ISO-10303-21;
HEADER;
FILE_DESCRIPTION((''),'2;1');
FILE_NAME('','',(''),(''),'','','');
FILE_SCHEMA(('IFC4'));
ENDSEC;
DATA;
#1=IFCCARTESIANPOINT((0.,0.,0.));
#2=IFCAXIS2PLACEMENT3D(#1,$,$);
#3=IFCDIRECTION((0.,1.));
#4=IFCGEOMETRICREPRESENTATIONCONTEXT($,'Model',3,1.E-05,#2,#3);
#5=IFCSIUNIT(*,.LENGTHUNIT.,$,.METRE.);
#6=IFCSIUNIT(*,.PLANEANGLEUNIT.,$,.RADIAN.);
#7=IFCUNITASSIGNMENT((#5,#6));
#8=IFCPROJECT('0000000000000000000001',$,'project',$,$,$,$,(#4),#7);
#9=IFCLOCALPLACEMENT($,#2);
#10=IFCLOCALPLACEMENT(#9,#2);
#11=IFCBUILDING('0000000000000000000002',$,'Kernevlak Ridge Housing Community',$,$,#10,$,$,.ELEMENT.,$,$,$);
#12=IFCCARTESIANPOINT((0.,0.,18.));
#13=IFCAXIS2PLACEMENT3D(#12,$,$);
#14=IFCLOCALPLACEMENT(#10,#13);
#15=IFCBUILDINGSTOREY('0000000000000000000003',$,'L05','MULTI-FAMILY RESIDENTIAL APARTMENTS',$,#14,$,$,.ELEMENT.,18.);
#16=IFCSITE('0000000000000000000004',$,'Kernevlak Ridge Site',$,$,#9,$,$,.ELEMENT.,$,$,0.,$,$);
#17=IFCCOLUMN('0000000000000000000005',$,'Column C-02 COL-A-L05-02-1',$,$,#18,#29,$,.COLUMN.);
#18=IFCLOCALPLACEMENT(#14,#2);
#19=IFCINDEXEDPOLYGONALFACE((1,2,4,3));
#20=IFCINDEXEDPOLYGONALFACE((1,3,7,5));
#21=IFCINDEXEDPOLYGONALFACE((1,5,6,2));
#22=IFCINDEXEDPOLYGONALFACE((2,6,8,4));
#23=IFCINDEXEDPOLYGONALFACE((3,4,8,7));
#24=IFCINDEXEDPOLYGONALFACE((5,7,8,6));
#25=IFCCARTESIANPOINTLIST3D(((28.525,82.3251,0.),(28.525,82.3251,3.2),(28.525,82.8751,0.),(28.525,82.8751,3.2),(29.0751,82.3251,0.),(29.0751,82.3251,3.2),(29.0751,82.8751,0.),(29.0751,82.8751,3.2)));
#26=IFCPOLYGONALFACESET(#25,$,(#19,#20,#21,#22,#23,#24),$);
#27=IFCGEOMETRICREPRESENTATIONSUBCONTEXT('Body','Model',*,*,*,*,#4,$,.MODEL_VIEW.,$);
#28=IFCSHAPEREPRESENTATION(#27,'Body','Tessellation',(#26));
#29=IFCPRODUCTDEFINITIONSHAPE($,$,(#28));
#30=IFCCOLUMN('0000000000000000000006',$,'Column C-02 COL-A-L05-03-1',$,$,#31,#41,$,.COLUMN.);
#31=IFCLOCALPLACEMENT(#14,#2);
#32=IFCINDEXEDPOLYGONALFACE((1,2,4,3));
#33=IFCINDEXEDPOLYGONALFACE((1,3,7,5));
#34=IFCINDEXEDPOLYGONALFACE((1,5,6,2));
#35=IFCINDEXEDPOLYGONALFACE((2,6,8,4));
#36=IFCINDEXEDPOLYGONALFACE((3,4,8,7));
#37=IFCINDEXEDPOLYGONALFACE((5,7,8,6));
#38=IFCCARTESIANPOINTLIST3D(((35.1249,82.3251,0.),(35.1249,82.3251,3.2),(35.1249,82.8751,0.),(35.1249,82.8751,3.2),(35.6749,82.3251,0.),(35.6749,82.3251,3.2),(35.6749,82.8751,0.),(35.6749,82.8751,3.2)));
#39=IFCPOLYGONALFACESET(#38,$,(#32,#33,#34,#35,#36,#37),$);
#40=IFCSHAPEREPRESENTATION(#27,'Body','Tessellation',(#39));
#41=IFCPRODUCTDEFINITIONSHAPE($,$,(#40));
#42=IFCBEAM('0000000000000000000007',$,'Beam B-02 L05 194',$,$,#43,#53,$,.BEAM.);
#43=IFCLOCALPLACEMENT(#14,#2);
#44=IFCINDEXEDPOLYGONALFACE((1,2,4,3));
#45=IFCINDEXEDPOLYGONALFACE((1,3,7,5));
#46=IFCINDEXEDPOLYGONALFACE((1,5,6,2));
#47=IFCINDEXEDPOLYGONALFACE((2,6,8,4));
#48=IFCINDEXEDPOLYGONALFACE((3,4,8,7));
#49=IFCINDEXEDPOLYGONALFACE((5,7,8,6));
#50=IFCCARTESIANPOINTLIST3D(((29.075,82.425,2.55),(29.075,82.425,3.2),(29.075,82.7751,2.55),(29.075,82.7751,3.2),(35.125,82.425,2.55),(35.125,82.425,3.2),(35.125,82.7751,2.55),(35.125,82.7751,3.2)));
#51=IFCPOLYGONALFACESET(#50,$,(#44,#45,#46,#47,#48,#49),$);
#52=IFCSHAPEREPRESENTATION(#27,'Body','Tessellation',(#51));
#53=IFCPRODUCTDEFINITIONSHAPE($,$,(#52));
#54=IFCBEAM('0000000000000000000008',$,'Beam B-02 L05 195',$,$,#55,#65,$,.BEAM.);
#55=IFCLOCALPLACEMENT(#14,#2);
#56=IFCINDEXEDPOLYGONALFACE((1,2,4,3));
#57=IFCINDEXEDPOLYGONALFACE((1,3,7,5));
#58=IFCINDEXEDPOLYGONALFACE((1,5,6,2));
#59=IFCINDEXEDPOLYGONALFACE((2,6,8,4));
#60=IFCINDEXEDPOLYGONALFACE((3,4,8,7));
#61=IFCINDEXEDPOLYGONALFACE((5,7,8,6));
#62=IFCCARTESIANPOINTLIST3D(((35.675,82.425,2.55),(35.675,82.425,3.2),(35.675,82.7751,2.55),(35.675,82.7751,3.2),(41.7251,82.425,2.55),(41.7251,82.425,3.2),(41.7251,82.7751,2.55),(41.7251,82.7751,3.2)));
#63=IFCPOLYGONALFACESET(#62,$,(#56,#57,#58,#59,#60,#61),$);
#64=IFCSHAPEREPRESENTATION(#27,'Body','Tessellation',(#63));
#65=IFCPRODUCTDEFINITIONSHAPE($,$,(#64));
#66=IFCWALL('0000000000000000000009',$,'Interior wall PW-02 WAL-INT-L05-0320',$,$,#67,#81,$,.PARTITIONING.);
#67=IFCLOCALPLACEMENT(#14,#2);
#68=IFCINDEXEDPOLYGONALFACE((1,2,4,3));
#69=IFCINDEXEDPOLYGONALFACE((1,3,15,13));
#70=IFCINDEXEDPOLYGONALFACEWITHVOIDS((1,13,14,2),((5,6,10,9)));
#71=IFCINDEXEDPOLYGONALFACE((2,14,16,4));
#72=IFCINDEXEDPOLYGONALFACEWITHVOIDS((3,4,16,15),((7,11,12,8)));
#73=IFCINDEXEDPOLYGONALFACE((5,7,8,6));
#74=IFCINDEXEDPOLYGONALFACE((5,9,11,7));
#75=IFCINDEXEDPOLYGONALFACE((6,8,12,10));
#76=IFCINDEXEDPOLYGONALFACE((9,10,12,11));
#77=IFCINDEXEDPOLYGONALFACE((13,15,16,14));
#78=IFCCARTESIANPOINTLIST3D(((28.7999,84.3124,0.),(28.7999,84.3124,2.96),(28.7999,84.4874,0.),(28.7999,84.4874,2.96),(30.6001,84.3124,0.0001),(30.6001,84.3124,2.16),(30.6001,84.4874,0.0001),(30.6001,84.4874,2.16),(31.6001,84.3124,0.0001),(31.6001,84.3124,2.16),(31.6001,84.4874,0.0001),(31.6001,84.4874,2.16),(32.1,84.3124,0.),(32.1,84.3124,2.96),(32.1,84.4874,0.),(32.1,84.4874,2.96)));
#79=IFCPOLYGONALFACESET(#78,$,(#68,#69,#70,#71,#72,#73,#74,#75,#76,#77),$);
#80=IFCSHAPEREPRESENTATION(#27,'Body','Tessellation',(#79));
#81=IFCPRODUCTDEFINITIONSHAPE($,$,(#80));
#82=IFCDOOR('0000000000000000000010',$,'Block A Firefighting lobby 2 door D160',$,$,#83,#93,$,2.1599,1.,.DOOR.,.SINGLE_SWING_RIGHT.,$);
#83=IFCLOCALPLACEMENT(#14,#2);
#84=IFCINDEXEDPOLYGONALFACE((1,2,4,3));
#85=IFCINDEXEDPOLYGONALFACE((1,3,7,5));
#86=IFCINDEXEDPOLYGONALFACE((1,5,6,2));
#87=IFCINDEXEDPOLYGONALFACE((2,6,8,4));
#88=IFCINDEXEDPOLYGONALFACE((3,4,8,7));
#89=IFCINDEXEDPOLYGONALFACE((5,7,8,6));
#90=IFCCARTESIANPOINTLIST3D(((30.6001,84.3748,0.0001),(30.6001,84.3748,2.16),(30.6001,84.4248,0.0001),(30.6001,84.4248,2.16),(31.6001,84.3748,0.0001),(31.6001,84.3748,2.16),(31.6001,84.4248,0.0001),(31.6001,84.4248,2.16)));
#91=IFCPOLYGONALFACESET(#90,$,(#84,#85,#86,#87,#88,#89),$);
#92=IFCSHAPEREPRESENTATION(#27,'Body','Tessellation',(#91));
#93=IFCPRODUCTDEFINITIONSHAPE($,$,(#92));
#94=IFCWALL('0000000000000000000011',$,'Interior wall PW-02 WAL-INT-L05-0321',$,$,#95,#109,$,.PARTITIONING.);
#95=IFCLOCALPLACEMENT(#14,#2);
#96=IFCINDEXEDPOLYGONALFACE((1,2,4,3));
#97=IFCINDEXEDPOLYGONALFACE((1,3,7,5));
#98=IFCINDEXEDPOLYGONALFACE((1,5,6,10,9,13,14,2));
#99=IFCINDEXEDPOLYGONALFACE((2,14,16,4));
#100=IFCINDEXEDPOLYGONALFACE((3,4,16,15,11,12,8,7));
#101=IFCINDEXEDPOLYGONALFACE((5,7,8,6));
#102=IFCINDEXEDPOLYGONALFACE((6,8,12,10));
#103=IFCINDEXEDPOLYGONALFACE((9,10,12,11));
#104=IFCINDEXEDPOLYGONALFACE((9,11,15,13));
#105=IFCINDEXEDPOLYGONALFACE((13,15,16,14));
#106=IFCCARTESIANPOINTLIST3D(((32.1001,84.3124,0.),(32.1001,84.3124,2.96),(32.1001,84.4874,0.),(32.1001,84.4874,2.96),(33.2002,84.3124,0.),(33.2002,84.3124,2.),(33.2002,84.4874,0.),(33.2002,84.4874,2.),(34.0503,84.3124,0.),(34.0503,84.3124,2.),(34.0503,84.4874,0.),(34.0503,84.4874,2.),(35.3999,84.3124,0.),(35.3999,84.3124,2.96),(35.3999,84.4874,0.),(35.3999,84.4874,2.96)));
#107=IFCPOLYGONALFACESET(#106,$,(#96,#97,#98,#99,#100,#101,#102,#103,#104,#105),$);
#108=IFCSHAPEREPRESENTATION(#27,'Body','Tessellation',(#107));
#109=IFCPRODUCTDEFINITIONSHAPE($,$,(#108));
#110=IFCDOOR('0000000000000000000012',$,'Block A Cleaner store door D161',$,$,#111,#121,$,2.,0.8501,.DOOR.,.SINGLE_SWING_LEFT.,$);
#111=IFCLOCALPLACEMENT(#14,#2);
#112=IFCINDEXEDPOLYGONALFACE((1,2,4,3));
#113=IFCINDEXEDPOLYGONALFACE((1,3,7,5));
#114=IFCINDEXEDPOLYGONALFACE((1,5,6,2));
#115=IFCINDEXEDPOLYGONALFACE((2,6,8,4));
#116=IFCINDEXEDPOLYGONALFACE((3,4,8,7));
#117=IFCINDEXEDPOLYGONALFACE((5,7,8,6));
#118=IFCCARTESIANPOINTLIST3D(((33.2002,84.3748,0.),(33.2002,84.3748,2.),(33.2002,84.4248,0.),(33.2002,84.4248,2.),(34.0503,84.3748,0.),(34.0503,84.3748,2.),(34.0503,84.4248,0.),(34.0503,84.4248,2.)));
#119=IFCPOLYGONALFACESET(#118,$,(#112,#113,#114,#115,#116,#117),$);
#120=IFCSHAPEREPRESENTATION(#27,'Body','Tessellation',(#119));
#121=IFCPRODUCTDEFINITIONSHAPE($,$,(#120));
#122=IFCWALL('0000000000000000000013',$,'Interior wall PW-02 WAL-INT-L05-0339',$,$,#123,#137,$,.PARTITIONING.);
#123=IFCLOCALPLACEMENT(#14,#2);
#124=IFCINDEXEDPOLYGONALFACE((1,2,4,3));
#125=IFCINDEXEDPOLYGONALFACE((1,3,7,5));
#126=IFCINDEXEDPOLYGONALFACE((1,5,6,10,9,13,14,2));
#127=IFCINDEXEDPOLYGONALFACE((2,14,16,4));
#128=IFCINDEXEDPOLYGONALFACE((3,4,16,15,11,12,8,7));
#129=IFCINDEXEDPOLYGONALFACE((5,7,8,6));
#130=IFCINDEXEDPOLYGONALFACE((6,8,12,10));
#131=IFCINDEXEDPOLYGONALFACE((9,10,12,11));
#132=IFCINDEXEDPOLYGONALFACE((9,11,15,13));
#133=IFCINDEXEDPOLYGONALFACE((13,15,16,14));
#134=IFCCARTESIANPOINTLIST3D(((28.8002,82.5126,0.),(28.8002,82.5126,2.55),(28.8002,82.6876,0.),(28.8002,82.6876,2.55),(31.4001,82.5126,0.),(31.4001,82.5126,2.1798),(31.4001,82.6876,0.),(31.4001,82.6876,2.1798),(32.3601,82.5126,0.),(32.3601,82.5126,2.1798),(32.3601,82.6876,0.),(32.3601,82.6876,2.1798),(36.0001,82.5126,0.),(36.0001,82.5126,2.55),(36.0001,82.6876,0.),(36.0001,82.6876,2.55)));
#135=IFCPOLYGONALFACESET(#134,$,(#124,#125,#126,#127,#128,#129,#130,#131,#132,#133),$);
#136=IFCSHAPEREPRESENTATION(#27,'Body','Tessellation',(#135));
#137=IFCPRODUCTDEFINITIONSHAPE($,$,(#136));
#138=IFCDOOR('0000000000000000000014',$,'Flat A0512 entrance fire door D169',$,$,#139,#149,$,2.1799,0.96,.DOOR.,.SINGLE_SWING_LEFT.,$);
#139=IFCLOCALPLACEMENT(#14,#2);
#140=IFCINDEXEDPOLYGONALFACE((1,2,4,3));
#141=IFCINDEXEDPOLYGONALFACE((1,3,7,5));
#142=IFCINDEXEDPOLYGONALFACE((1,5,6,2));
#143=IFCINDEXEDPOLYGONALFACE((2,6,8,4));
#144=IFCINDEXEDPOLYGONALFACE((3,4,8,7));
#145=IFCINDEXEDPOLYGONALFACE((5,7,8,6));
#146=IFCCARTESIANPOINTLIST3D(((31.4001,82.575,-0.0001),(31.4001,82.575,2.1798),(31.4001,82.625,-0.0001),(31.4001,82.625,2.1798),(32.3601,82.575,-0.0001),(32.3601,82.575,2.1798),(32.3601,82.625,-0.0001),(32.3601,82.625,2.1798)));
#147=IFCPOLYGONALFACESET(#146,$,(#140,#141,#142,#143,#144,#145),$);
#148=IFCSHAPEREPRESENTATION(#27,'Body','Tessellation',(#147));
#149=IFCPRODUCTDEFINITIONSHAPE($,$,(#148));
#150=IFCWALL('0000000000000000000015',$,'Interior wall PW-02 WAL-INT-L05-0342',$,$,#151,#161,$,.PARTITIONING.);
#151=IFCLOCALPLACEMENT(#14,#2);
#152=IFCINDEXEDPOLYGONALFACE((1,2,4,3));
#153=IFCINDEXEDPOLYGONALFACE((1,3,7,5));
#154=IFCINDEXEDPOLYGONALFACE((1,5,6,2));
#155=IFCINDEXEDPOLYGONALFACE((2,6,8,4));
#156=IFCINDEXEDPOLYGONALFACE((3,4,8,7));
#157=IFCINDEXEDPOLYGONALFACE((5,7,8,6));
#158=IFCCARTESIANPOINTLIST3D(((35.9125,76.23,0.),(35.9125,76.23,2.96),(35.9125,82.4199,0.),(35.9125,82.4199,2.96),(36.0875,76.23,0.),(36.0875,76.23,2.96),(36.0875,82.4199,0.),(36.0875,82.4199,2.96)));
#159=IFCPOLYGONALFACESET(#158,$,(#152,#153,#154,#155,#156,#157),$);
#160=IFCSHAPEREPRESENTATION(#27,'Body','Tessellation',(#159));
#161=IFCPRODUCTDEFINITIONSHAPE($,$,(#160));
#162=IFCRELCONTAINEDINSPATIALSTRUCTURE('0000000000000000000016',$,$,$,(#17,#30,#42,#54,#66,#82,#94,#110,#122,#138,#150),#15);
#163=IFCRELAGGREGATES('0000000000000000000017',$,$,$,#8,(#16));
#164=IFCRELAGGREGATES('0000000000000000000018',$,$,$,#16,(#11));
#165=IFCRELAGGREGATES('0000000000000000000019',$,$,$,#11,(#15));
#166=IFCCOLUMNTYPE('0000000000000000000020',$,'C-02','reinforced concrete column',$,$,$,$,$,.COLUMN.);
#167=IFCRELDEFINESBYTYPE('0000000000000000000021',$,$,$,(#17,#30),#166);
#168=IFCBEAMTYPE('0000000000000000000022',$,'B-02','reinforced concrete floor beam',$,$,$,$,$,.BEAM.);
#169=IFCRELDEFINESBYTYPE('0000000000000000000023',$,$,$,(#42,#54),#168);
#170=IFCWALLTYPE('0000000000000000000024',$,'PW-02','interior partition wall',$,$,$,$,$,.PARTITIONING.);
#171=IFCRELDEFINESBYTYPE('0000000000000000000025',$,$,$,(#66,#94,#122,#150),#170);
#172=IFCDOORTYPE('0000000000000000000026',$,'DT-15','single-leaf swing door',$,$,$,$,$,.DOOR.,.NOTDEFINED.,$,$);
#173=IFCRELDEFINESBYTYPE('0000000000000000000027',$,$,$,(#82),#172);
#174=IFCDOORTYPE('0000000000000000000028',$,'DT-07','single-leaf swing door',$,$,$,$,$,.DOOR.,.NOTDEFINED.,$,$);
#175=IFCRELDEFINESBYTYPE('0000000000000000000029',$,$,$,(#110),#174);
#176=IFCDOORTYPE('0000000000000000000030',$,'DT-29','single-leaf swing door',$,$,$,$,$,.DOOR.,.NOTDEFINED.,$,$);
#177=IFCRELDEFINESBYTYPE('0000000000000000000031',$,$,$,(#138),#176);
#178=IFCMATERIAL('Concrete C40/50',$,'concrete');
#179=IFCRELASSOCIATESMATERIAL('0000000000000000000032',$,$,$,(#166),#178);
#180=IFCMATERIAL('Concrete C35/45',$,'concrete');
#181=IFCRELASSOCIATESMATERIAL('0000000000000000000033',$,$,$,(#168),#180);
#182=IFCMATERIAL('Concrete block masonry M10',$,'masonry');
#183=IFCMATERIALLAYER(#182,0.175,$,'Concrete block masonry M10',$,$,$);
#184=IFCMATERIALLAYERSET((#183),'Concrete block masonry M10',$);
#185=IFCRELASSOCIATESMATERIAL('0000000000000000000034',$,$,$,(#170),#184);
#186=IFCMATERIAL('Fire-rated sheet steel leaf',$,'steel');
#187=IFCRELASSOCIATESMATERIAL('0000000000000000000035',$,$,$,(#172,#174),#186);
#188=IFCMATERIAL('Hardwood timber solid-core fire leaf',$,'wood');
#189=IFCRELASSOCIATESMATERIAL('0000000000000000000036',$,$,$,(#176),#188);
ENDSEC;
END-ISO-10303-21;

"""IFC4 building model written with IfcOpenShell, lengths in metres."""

from ifc_helpers import new_model, si_unit, direction, frame, frame_2d, origin, origin_2d, place, context, subcontext, project, spatial, rectangle, extrude, material, layer, layer_set, material_profile, profile_set, type_object, element, fill, save


model = new_model("IFC4")

# Units and contexts
model_context = context("Model", 3, precision=1e-05, world=origin(), true_north=direction((0.0, 1.0)))
body_context = subcontext(model_context, "Body", "Model", "MODEL_VIEW")
ifc_project = project(units=[si_unit("LENGTHUNIT", "METRE"), si_unit("PLANEANGLEUNIT", "RADIAN")], contexts=[model_context])

# Site, building, storey
site_placement = place(None, origin())
site = spatial("IfcSite", under=ifc_project, at=site_placement, Name="Kernevlak Ridge Site", CompositionType="ELEMENT", RefElevation=0.0)
building_placement = place(site_placement, origin())
building = spatial("IfcBuilding", under=site, at=building_placement, Name="Kernevlak Ridge Housing Community", CompositionType="ELEMENT")
storey_placement = place(building_placement, frame((0.0, 0.0, 18.0)))
storey = spatial("IfcBuildingStorey", under=building, at=storey_placement, Name="L05", Description="MULTI-FAMILY RESIDENTIAL APARTMENTS", CompositionType="ELEMENT", Elevation=18.0)

# Columns
ifc_material_1 = material(Name="Concrete C40/50", Category="concrete")
ifc_material_profile_1 = material_profile(ifc_material_1, rectangle(XDim=0.55, YDim=0.55, at=origin_2d()), Name="RC 550x550")
ifc_profile_set_1 = profile_set([ifc_material_profile_1], Name="Concrete C40/50")
column_type = type_object("IfcColumnType", Name="C-02", Description="reinforced concrete column", PredefinedType="COLUMN", material=ifc_profile_set_1)
for number, where, z_axis, x_axis, name in (
    (1, (28.8, 82.6001, 0.0), (0.0, 0.0, 1.0), (1.0, 0.0, 0.0), "Column C-02 COL-A-L05-02-1"),
    (2, (35.3999, 82.6001, 0.0), (0.0, 0.0, 1.0), (1.0, 0.0, 0.0), "Column C-02 COL-A-L05-03-1"),
):
    element("IfcColumn", number, at=place(storey_placement, frame(where, z_axis=z_axis, x_axis=x_axis)), inside=storey, type_object=column_type, Name=name, PredefinedType="COLUMN", context=body_context, shape_type="SweptSolid", body=[
        extrude(rectangle(XDim=0.55, YDim=0.55, at=origin_2d()), origin(), (0.0, 0.0, 1.0), 3.2),
    ])

# Beams
ifc_material_2 = material(Name="Concrete C35/45", Category="concrete")
ifc_material_profile_2 = material_profile(ifc_material_2, rectangle(XDim=0.3501, YDim=0.6499, at=origin_2d()), Name="RC 350x650")
ifc_profile_set_2 = profile_set([ifc_material_profile_2], Name="Concrete C35/45")
beam_type = type_object("IfcBeamType", Name="B-02", Description="reinforced concrete floor beam", PredefinedType="BEAM", material=ifc_profile_set_2)
for number, where, z_axis, x_axis, name in (
    (3, (29.075, 82.6001, 2.875), (1.0, 0.0, 0.0), (0.0, 1.0, 0.0), "Beam B-02 L05 194"),
    (4, (35.675, 82.6001, 2.875), (1.0, 0.0, 0.0), (0.0, 1.0, 0.0), "Beam B-02 L05 195"),
):
    element("IfcBeam", number, at=place(storey_placement, frame(where, z_axis=z_axis, x_axis=x_axis)), inside=storey, type_object=beam_type, Name=name, PredefinedType="BEAM", context=body_context, shape_type="SweptSolid", body=[
        extrude(rectangle(XDim=0.3501, YDim=0.6499, at=origin_2d()), origin(), (0.0, 0.0, 1.0), 6.05),
    ])

# Walls, openings, doors
ifc_material_3 = material(Name="Concrete block masonry M10", Category="masonry")
ifc_layer_1 = layer(ifc_material_3, 0.175, Name="Concrete block masonry M10")
ifc_layer_set_1 = layer_set([ifc_layer_1], Name="Concrete block masonry M10")
wall_type_1 = type_object("IfcWallType", Name="PW-02", Description="interior partition wall", PredefinedType="PARTITIONING", material=ifc_layer_set_1)
wall_1_placement = place(storey_placement, frame((28.8, 84.3999, 0.0), z_axis=(0.0, 0.0, 1.0), x_axis=(1.0, 0.0, 0.0)))
wall_1 = element("IfcWall", 5, at=wall_1_placement, inside=storey, type_object=wall_type_1, Name="Interior wall PW-02 WAL-INT-L05-0320", PredefinedType="PARTITIONING", context=body_context, shape_type="SweptSolid", body=[
    extrude(rectangle(XDim=3.3, YDim=0.175, at=frame_2d((1.6499, 0.0))), origin(), (0.0, 0.0, 1.0), 2.96),
])
opening_1_placement = place(wall_1_placement, frame((1.8, 0.0, 0.0)))
opening_1 = element("IfcOpeningElement", 6, at=opening_1_placement, cuts=wall_1, PredefinedType="OPENING", context=body_context, shape_type="SweptSolid", body=[
    extrude(rectangle(XDim=1.0, YDim=2.1599, at=frame_2d((0.5, 1.0801))), frame((0.0, 0.0974, 0.0), z_axis=(0.0, -1.0, 0.0), x_axis=(1.0, 0.0, 0.0)), (0.0, 0.0, 1.0), 0.1951),
])
ifc_material_4 = material(Name="Fire-rated sheet steel leaf", Category="steel")
door_type_1 = type_object("IfcDoorType", Name="DT-15", Description="single-leaf swing door", OperationType="NOTDEFINED", PredefinedType="DOOR", material=ifc_material_4)
door_1_placement = place(opening_1_placement, origin())
door_1 = element("IfcDoor", 7, at=door_1_placement, inside=storey, type_object=door_type_1, Name="Block A Firefighting lobby 2 door D160", OperationType="SINGLE_SWING_RIGHT", OverallHeight=2.1599, OverallWidth=1.0, PredefinedType="DOOR", context=body_context, shape_type="SweptSolid", body=[
    extrude(rectangle(XDim=1.0, YDim=2.1599, at=frame_2d((0.5, 1.0801))), frame((0.0, 0.0249, 0.0), z_axis=(0.0, -1.0, 0.0), x_axis=(1.0, 0.0, 0.0)), (0.0, 0.0, 1.0), 0.05),
])
fill(opening_1, door_1)
wall_2_placement = place(storey_placement, frame((32.1001, 84.3999, 0.0), z_axis=(0.0, 0.0, 1.0), x_axis=(1.0, 0.0, 0.0)))
wall_2 = element("IfcWall", 8, at=wall_2_placement, inside=storey, type_object=wall_type_1, Name="Interior wall PW-02 WAL-INT-L05-0321", PredefinedType="PARTITIONING", context=body_context, shape_type="SweptSolid", body=[
    extrude(rectangle(XDim=3.2998, YDim=0.175, at=frame_2d((1.6499, 0.0))), origin(), (0.0, 0.0, 1.0), 2.96),
])
opening_2_placement = place(wall_2_placement, frame((1.1001, 0.0, 0.0)))
opening_2 = element("IfcOpeningElement", 9, at=opening_2_placement, cuts=wall_2, PredefinedType="OPENING", context=body_context, shape_type="SweptSolid", body=[
    extrude(rectangle(XDim=0.8501, YDim=2.0, at=frame_2d((0.425, 1.0))), frame((0.0, 0.0974, 0.0), z_axis=(0.0, -1.0, 0.0), x_axis=(1.0, 0.0, 0.0)), (0.0, 0.0, 1.0), 0.1951),
])
door_type_2 = type_object("IfcDoorType", Name="DT-07", Description="single-leaf swing door", OperationType="NOTDEFINED", PredefinedType="DOOR", material=ifc_material_4)
door_2_placement = place(opening_2_placement, origin())
door_2 = element("IfcDoor", 10, at=door_2_placement, inside=storey, type_object=door_type_2, Name="Block A Cleaner store door D161", OperationType="SINGLE_SWING_LEFT", OverallHeight=2.0, OverallWidth=0.8501, PredefinedType="DOOR", context=body_context, shape_type="SweptSolid", body=[
    extrude(rectangle(XDim=0.8501, YDim=2.0, at=frame_2d((0.425, 1.0))), frame((0.0, 0.0249, 0.0), z_axis=(0.0, -1.0, 0.0), x_axis=(1.0, 0.0, 0.0)), (0.0, 0.0, 1.0), 0.05),
])
fill(opening_2, door_2)
wall_3_placement = place(storey_placement, frame((28.8, 82.6001, 0.0), z_axis=(0.0, 0.0, 1.0), x_axis=(1.0, 0.0, 0.0)))
wall_3 = element("IfcWall", 11, at=wall_3_placement, inside=storey, type_object=wall_type_1, Name="Interior wall PW-02 WAL-INT-L05-0339", PredefinedType="PARTITIONING", context=body_context, shape_type="SweptSolid", body=[
    extrude(rectangle(XDim=7.2, YDim=0.175, at=frame_2d((3.6001, 0.0))), origin(), (0.0, 0.0, 1.0), 2.55),
])
opening_3_placement = place(wall_3_placement, frame((2.6001, 0.0, 0.0)))
opening_3 = element("IfcOpeningElement", 12, at=opening_3_placement, cuts=wall_3, PredefinedType="OPENING", context=body_context, shape_type="SweptSolid", body=[
    extrude(rectangle(XDim=0.96, YDim=2.1799, at=frame_2d((0.48, 1.0898))), frame((0.0, 0.0974, 0.0), z_axis=(0.0, -1.0, 0.0), x_axis=(1.0, 0.0, 0.0)), (0.0, 0.0, 1.0), 0.1951),
])
ifc_material_5 = material(Name="Hardwood timber solid-core fire leaf", Category="wood")
door_type_3 = type_object("IfcDoorType", Name="DT-29", Description="single-leaf swing door", OperationType="NOTDEFINED", PredefinedType="DOOR", material=ifc_material_5)
door_3_placement = place(opening_3_placement, origin())
door_3 = element("IfcDoor", 13, at=door_3_placement, inside=storey, type_object=door_type_3, Name="Flat A0512 entrance fire door D169", OperationType="SINGLE_SWING_LEFT", OverallHeight=2.1799, OverallWidth=0.96, PredefinedType="DOOR", context=body_context, shape_type="SweptSolid", body=[
    extrude(rectangle(XDim=0.96, YDim=2.1799, at=frame_2d((0.48, 1.0898))), frame((0.0, 0.0249, 0.0), z_axis=(0.0, -1.0, 0.0), x_axis=(1.0, 0.0, 0.0)), (0.0, 0.0, 1.0), 0.05),
])
fill(opening_3, door_3)

# Wall
wall_4_placement = place(storey_placement, frame((36.0, 82.4199, 0.0), z_axis=(0.0, 0.0, 1.0), x_axis=(0.0, -1.0, 0.0)))
element("IfcWall", 14, at=wall_4_placement, inside=storey, type_object=wall_type_1, Name="Interior wall PW-02 WAL-INT-L05-0342", PredefinedType="PARTITIONING", context=body_context, shape_type="SweptSolid", body=[
    extrude(rectangle(XDim=6.1899, YDim=0.175, at=frame_2d((3.095, 0.0))), origin(), (0.0, 0.0, 1.0), 2.96),
])

save(model, "model.ifc")
